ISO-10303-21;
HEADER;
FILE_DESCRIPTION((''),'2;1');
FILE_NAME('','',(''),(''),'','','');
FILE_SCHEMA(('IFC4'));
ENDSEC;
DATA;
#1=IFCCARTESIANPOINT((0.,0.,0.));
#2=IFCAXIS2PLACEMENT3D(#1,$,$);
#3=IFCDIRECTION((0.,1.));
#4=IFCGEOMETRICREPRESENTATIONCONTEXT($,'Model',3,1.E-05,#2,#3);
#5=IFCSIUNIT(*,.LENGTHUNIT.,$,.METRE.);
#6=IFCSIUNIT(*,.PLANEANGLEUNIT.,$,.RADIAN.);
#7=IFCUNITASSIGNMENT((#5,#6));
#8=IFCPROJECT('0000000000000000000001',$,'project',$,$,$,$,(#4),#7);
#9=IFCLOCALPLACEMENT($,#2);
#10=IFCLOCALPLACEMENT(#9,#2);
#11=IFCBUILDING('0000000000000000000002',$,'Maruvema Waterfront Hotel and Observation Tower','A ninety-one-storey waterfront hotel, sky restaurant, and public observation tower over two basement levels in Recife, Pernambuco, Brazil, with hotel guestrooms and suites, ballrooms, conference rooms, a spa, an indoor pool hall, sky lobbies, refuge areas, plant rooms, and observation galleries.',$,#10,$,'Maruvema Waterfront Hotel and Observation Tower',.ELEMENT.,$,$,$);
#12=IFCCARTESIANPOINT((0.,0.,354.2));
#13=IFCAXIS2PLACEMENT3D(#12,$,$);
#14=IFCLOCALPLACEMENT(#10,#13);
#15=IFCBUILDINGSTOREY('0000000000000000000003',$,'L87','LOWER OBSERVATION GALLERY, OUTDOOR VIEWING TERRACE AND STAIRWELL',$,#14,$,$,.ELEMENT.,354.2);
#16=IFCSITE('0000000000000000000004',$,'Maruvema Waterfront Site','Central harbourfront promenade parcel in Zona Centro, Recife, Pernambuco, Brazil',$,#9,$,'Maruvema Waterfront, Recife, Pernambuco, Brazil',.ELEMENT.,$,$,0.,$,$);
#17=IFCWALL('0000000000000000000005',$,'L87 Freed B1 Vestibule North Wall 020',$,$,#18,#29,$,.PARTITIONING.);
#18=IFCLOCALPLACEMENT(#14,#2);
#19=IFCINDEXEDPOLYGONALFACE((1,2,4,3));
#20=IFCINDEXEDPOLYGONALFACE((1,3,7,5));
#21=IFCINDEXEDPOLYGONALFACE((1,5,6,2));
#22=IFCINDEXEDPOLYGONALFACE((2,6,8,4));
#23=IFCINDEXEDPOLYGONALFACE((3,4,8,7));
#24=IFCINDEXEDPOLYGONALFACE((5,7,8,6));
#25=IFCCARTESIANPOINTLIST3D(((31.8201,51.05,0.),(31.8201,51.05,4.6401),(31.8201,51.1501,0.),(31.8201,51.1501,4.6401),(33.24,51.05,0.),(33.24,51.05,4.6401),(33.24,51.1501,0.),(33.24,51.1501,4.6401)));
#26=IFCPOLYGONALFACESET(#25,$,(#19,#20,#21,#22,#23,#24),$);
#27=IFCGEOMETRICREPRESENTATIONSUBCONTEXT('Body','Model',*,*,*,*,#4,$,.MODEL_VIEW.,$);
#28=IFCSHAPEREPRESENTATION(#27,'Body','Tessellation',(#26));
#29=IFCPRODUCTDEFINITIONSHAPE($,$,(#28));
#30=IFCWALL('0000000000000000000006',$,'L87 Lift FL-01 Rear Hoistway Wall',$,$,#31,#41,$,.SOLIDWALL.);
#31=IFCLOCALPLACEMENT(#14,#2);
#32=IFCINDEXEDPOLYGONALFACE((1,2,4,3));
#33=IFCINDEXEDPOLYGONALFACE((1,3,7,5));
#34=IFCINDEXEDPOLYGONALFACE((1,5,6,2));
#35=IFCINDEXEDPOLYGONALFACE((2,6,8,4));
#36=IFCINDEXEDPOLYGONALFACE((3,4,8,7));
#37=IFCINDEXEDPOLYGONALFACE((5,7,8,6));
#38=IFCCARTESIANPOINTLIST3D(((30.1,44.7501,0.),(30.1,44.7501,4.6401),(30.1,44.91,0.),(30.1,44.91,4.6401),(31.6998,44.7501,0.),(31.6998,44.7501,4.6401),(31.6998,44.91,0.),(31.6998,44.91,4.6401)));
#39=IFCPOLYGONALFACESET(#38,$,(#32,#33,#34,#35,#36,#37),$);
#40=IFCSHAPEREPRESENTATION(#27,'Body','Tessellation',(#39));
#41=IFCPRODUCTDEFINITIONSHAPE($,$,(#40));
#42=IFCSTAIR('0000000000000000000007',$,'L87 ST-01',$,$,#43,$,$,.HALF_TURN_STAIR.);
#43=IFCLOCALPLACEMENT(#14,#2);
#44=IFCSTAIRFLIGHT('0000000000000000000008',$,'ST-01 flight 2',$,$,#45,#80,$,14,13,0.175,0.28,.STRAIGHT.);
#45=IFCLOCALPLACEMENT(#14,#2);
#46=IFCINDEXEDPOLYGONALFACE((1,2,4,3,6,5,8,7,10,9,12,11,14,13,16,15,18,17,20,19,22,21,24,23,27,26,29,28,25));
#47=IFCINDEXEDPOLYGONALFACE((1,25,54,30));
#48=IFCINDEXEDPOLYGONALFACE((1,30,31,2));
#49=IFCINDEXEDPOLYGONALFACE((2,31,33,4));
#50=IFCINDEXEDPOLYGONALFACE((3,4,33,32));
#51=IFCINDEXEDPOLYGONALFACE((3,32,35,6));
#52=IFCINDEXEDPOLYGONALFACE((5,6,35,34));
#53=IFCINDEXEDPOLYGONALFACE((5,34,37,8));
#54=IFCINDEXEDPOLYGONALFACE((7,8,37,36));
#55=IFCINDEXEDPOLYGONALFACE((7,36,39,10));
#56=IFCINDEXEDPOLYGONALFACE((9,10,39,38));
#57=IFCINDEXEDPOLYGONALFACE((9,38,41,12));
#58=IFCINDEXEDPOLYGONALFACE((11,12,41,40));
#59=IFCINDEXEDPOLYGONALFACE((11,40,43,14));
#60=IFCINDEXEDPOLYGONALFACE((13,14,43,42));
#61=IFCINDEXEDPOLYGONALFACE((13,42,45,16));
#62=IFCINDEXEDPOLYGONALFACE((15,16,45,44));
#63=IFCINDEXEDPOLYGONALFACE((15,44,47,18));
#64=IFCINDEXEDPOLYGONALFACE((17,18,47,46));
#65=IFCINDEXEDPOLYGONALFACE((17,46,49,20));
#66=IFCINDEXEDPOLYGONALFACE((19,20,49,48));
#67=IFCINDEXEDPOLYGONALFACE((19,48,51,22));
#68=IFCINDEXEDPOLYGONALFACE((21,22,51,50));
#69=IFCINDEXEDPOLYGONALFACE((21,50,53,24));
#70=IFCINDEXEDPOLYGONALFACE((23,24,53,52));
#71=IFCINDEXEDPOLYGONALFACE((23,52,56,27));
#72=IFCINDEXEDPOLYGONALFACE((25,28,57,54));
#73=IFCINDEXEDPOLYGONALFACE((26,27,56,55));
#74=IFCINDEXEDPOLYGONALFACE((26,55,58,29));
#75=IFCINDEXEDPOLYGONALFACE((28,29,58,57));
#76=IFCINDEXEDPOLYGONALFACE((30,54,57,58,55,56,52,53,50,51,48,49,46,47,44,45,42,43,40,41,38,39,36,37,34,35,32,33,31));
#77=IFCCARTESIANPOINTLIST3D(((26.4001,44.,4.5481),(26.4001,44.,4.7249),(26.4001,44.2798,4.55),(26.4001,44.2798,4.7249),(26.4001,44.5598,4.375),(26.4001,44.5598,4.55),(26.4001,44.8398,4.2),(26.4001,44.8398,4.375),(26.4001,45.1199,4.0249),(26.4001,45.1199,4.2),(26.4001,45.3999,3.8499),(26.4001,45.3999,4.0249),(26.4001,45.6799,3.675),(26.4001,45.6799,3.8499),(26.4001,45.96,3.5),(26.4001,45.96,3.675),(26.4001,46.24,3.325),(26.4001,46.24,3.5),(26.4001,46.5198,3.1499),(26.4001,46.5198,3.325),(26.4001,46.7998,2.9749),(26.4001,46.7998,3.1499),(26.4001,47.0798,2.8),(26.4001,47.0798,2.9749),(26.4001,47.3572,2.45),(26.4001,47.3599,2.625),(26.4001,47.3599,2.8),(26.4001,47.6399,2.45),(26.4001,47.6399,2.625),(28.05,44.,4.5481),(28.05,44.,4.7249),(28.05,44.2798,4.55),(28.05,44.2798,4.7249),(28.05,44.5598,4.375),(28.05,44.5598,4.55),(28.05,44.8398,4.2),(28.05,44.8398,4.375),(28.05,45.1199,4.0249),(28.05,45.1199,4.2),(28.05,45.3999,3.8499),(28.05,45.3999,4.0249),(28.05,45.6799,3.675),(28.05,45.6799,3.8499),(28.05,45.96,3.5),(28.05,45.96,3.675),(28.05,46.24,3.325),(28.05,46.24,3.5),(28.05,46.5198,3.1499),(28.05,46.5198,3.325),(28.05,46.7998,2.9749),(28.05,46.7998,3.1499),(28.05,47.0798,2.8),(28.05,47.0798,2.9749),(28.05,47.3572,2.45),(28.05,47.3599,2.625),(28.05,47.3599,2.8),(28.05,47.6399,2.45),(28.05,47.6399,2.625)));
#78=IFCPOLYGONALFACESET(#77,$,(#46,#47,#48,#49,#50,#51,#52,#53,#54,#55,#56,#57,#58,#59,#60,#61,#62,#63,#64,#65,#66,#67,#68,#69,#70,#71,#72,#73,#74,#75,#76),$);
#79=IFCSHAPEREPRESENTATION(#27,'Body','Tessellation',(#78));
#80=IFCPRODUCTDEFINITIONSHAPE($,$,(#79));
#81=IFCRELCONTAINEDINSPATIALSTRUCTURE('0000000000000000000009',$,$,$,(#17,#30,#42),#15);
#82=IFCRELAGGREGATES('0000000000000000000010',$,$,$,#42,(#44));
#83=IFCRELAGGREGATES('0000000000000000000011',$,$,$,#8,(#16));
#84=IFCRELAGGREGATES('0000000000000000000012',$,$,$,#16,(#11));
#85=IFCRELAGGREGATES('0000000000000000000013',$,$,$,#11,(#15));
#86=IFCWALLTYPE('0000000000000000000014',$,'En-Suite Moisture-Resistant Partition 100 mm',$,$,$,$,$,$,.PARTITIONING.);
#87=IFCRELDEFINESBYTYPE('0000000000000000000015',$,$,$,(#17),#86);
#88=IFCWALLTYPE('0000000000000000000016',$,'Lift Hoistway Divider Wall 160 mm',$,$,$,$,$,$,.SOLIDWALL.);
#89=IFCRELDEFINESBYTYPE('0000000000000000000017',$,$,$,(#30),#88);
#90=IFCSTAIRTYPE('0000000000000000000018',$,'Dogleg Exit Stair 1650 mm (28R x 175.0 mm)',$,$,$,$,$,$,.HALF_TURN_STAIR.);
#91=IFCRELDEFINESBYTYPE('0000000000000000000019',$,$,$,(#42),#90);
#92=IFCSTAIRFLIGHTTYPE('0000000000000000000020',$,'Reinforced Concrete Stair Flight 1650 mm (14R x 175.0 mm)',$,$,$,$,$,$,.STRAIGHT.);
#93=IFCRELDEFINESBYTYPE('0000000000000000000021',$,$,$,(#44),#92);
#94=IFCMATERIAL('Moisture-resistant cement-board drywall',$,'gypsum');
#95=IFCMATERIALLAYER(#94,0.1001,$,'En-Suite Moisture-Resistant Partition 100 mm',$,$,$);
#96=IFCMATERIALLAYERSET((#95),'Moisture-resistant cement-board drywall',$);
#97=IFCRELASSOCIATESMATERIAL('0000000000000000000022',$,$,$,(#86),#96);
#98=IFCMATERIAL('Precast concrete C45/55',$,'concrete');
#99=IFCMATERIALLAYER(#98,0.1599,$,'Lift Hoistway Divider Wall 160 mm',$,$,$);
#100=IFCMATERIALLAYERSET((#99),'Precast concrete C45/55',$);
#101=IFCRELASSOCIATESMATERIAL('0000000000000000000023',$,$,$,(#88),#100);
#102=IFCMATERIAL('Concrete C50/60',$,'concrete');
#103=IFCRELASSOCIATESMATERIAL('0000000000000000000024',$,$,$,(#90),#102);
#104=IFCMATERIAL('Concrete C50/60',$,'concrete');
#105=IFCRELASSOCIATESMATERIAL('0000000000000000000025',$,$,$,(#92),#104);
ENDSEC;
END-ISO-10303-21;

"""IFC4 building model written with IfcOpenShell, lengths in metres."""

from ifc_helpers import new_model, si_unit, direction, frame, frame_2d, origin, place, context, subcontext, project, spatial, polyline, rectangle, outline, extrude, material, layer, layer_set, type_object, element, aggregate, save


model = new_model("IFC4")

# Units and contexts
model_context = context("Model", 3, precision=1e-05, world=origin(), true_north=direction((0.0, 1.0)))
body_context = subcontext(model_context, "Body", "Model", "MODEL_VIEW")
ifc_project = project(units=[si_unit("LENGTHUNIT", "METRE"), si_unit("PLANEANGLEUNIT", "RADIAN")], contexts=[model_context])

# Site, building, storey
site_placement = place(None, origin())
site = spatial("IfcSite", under=ifc_project, at=site_placement, Name="Maruvema Waterfront Site", Description="Central harbourfront promenade parcel in Zona Centro, Recife, Pernambuco, Brazil", LongName="Maruvema Waterfront, Recife, Pernambuco, Brazil", CompositionType="ELEMENT", RefElevation=0.0)
building_placement = place(site_placement, origin())
building = spatial("IfcBuilding", under=site, at=building_placement, Name="Maruvema Waterfront Hotel and Observation Tower", Description="A ninety-one-storey waterfront hotel, sky restaurant, and public observation tower over two basement levels in Recife, Pernambuco, Brazil, with hotel guestrooms and suites, ballrooms, conference rooms, a spa, an indoor pool hall, sky lobbies, refuge areas, plant rooms, and observation galleries.", LongName="Maruvema Waterfront Hotel and Observation Tower", CompositionType="ELEMENT")
storey_placement = place(building_placement, frame((0.0, 0.0, 354.2)))
storey = spatial("IfcBuildingStorey", under=building, at=storey_placement, Name="L87", Description="LOWER OBSERVATION GALLERY, OUTDOOR VIEWING TERRACE AND STAIRWELL", CompositionType="ELEMENT", Elevation=354.2)

# Shared definitions
ifc_material_1 = material(Name="Moisture-resistant cement-board drywall", Category="gypsum")
ifc_layer_1 = layer(ifc_material_1, 0.1001, Name="En-Suite Moisture-Resistant Partition 100 mm")
ifc_layer_set_1 = layer_set([ifc_layer_1], Name="Moisture-resistant cement-board drywall")
wall_type_1 = type_object("IfcWallType", Name="En-Suite Moisture-Resistant Partition 100 mm", PredefinedType="PARTITIONING", material=ifc_layer_set_1)

# Walls
wall_1_placement = place(storey_placement, frame((31.8201, 51.1001, 0.0), z_axis=(0.0, 0.0, 1.0), x_axis=(1.0, 0.0, 0.0)))
element("IfcWall", 1, at=wall_1_placement, inside=storey, type_object=wall_type_1, Name="L87 Freed B1 Vestibule North Wall 020", PredefinedType="PARTITIONING", context=body_context, shape_type="SweptSolid", body=[
    extrude(rectangle(XDim=1.4199, YDim=0.1001, at=frame_2d((0.71, 0.0))), origin(), (0.0, 0.0, 1.0), 4.6401),
])
ifc_material_2 = material(Name="Precast concrete C45/55", Category="concrete")
ifc_layer_2 = layer(ifc_material_2, 0.1599, Name="Lift Hoistway Divider Wall 160 mm")
ifc_layer_set_2 = layer_set([ifc_layer_2], Name="Precast concrete C45/55")
wall_type_2 = type_object("IfcWallType", Name="Lift Hoistway Divider Wall 160 mm", PredefinedType="SOLIDWALL", material=ifc_layer_set_2)
wall_2_placement = place(storey_placement, frame((30.1001, 44.8301, 0.0), z_axis=(0.0, 0.0, 1.0), x_axis=(1.0, 0.0, 0.0)))
element("IfcWall", 2, at=wall_2_placement, inside=storey, type_object=wall_type_2, Name="L87 Lift FL-01 Rear Hoistway Wall", PredefinedType="SOLIDWALL", context=body_context, shape_type="SweptSolid", body=[
    extrude(rectangle(XDim=1.5999, YDim=0.1599, at=frame_2d((0.7998, 0.0))), origin(), (0.0, 0.0, 1.0), 4.6401),
])

# Stair, stair flight
ifc_material_3 = material(Name="Concrete C50/60", Category="concrete")
stair_type = type_object("IfcStairType", Name="Dogleg Exit Stair 1650 mm (28R x 175.0 mm)", PredefinedType="HALF_TURN_STAIR", material=ifc_material_3)
stair_placement = place(storey_placement, origin())
stair = element("IfcStair", 3, at=stair_placement, inside=storey, type_object=stair_type, Name="L87 ST-01", PredefinedType="HALF_TURN_STAIR")
ifc_material_4 = material(Name="Concrete C50/60", Category="concrete")
stair_flight_type = type_object("IfcStairFlightType", Name="Reinforced Concrete Stair Flight 1650 mm (14R x 175.0 mm)", PredefinedType="STRAIGHT", material=ifc_material_4)
stair_flight_placement = place(storey_placement, frame((27.2251, 47.6399, 2.45), z_axis=(0.0, 0.0, 1.0), x_axis=(0.0, -1.0, 0.0)))
stair_flight = element("IfcStairFlight", 4, at=stair_flight_placement, type_object=stair_flight_type, Name="ST-01 flight 2", NumberOfRisers=14, NumberOfTreads=13, PredefinedType="STRAIGHT", RiserHeight=0.175, TreadLength=0.28, context=body_context, shape_type="SweptSolid", body=[
    extrude(outline(polyline([(0.0, 0.0), (0.0, 0.175), (0.28, 0.175), (0.28, 0.3501), (0.5601, 0.3501), (0.5601, 0.5249), (0.8401, 0.5249), (0.8401, 0.7), (1.1201, 0.7), (1.1201, 0.875), (1.3999, 0.875), (1.3999, 1.05), (1.6799, 1.05), (1.6799, 1.2251), (1.96, 1.2251), (1.96, 1.3999), (2.24, 1.3999), (2.24, 1.575), (2.52, 1.575), (2.52, 1.75), (2.8, 1.75), (2.8, 1.925), (3.0801, 1.925), (3.0801, 2.1001), (3.3601, 2.1001), (3.3601, 2.2749), (3.6399, 2.2749), (3.6399, 2.45), (3.6399, 2.0981), (0.2827, 0.0), (0.0, 0.0)])), frame((0.0, 0.825, 0.0), z_axis=(0.0, -1.0, 0.0), x_axis=(1.0, 0.0, 0.0)), (0.0, 0.0, 1.0), 1.6499),
])
aggregate(stair, [stair_flight])

save(model, "model.ifc")
